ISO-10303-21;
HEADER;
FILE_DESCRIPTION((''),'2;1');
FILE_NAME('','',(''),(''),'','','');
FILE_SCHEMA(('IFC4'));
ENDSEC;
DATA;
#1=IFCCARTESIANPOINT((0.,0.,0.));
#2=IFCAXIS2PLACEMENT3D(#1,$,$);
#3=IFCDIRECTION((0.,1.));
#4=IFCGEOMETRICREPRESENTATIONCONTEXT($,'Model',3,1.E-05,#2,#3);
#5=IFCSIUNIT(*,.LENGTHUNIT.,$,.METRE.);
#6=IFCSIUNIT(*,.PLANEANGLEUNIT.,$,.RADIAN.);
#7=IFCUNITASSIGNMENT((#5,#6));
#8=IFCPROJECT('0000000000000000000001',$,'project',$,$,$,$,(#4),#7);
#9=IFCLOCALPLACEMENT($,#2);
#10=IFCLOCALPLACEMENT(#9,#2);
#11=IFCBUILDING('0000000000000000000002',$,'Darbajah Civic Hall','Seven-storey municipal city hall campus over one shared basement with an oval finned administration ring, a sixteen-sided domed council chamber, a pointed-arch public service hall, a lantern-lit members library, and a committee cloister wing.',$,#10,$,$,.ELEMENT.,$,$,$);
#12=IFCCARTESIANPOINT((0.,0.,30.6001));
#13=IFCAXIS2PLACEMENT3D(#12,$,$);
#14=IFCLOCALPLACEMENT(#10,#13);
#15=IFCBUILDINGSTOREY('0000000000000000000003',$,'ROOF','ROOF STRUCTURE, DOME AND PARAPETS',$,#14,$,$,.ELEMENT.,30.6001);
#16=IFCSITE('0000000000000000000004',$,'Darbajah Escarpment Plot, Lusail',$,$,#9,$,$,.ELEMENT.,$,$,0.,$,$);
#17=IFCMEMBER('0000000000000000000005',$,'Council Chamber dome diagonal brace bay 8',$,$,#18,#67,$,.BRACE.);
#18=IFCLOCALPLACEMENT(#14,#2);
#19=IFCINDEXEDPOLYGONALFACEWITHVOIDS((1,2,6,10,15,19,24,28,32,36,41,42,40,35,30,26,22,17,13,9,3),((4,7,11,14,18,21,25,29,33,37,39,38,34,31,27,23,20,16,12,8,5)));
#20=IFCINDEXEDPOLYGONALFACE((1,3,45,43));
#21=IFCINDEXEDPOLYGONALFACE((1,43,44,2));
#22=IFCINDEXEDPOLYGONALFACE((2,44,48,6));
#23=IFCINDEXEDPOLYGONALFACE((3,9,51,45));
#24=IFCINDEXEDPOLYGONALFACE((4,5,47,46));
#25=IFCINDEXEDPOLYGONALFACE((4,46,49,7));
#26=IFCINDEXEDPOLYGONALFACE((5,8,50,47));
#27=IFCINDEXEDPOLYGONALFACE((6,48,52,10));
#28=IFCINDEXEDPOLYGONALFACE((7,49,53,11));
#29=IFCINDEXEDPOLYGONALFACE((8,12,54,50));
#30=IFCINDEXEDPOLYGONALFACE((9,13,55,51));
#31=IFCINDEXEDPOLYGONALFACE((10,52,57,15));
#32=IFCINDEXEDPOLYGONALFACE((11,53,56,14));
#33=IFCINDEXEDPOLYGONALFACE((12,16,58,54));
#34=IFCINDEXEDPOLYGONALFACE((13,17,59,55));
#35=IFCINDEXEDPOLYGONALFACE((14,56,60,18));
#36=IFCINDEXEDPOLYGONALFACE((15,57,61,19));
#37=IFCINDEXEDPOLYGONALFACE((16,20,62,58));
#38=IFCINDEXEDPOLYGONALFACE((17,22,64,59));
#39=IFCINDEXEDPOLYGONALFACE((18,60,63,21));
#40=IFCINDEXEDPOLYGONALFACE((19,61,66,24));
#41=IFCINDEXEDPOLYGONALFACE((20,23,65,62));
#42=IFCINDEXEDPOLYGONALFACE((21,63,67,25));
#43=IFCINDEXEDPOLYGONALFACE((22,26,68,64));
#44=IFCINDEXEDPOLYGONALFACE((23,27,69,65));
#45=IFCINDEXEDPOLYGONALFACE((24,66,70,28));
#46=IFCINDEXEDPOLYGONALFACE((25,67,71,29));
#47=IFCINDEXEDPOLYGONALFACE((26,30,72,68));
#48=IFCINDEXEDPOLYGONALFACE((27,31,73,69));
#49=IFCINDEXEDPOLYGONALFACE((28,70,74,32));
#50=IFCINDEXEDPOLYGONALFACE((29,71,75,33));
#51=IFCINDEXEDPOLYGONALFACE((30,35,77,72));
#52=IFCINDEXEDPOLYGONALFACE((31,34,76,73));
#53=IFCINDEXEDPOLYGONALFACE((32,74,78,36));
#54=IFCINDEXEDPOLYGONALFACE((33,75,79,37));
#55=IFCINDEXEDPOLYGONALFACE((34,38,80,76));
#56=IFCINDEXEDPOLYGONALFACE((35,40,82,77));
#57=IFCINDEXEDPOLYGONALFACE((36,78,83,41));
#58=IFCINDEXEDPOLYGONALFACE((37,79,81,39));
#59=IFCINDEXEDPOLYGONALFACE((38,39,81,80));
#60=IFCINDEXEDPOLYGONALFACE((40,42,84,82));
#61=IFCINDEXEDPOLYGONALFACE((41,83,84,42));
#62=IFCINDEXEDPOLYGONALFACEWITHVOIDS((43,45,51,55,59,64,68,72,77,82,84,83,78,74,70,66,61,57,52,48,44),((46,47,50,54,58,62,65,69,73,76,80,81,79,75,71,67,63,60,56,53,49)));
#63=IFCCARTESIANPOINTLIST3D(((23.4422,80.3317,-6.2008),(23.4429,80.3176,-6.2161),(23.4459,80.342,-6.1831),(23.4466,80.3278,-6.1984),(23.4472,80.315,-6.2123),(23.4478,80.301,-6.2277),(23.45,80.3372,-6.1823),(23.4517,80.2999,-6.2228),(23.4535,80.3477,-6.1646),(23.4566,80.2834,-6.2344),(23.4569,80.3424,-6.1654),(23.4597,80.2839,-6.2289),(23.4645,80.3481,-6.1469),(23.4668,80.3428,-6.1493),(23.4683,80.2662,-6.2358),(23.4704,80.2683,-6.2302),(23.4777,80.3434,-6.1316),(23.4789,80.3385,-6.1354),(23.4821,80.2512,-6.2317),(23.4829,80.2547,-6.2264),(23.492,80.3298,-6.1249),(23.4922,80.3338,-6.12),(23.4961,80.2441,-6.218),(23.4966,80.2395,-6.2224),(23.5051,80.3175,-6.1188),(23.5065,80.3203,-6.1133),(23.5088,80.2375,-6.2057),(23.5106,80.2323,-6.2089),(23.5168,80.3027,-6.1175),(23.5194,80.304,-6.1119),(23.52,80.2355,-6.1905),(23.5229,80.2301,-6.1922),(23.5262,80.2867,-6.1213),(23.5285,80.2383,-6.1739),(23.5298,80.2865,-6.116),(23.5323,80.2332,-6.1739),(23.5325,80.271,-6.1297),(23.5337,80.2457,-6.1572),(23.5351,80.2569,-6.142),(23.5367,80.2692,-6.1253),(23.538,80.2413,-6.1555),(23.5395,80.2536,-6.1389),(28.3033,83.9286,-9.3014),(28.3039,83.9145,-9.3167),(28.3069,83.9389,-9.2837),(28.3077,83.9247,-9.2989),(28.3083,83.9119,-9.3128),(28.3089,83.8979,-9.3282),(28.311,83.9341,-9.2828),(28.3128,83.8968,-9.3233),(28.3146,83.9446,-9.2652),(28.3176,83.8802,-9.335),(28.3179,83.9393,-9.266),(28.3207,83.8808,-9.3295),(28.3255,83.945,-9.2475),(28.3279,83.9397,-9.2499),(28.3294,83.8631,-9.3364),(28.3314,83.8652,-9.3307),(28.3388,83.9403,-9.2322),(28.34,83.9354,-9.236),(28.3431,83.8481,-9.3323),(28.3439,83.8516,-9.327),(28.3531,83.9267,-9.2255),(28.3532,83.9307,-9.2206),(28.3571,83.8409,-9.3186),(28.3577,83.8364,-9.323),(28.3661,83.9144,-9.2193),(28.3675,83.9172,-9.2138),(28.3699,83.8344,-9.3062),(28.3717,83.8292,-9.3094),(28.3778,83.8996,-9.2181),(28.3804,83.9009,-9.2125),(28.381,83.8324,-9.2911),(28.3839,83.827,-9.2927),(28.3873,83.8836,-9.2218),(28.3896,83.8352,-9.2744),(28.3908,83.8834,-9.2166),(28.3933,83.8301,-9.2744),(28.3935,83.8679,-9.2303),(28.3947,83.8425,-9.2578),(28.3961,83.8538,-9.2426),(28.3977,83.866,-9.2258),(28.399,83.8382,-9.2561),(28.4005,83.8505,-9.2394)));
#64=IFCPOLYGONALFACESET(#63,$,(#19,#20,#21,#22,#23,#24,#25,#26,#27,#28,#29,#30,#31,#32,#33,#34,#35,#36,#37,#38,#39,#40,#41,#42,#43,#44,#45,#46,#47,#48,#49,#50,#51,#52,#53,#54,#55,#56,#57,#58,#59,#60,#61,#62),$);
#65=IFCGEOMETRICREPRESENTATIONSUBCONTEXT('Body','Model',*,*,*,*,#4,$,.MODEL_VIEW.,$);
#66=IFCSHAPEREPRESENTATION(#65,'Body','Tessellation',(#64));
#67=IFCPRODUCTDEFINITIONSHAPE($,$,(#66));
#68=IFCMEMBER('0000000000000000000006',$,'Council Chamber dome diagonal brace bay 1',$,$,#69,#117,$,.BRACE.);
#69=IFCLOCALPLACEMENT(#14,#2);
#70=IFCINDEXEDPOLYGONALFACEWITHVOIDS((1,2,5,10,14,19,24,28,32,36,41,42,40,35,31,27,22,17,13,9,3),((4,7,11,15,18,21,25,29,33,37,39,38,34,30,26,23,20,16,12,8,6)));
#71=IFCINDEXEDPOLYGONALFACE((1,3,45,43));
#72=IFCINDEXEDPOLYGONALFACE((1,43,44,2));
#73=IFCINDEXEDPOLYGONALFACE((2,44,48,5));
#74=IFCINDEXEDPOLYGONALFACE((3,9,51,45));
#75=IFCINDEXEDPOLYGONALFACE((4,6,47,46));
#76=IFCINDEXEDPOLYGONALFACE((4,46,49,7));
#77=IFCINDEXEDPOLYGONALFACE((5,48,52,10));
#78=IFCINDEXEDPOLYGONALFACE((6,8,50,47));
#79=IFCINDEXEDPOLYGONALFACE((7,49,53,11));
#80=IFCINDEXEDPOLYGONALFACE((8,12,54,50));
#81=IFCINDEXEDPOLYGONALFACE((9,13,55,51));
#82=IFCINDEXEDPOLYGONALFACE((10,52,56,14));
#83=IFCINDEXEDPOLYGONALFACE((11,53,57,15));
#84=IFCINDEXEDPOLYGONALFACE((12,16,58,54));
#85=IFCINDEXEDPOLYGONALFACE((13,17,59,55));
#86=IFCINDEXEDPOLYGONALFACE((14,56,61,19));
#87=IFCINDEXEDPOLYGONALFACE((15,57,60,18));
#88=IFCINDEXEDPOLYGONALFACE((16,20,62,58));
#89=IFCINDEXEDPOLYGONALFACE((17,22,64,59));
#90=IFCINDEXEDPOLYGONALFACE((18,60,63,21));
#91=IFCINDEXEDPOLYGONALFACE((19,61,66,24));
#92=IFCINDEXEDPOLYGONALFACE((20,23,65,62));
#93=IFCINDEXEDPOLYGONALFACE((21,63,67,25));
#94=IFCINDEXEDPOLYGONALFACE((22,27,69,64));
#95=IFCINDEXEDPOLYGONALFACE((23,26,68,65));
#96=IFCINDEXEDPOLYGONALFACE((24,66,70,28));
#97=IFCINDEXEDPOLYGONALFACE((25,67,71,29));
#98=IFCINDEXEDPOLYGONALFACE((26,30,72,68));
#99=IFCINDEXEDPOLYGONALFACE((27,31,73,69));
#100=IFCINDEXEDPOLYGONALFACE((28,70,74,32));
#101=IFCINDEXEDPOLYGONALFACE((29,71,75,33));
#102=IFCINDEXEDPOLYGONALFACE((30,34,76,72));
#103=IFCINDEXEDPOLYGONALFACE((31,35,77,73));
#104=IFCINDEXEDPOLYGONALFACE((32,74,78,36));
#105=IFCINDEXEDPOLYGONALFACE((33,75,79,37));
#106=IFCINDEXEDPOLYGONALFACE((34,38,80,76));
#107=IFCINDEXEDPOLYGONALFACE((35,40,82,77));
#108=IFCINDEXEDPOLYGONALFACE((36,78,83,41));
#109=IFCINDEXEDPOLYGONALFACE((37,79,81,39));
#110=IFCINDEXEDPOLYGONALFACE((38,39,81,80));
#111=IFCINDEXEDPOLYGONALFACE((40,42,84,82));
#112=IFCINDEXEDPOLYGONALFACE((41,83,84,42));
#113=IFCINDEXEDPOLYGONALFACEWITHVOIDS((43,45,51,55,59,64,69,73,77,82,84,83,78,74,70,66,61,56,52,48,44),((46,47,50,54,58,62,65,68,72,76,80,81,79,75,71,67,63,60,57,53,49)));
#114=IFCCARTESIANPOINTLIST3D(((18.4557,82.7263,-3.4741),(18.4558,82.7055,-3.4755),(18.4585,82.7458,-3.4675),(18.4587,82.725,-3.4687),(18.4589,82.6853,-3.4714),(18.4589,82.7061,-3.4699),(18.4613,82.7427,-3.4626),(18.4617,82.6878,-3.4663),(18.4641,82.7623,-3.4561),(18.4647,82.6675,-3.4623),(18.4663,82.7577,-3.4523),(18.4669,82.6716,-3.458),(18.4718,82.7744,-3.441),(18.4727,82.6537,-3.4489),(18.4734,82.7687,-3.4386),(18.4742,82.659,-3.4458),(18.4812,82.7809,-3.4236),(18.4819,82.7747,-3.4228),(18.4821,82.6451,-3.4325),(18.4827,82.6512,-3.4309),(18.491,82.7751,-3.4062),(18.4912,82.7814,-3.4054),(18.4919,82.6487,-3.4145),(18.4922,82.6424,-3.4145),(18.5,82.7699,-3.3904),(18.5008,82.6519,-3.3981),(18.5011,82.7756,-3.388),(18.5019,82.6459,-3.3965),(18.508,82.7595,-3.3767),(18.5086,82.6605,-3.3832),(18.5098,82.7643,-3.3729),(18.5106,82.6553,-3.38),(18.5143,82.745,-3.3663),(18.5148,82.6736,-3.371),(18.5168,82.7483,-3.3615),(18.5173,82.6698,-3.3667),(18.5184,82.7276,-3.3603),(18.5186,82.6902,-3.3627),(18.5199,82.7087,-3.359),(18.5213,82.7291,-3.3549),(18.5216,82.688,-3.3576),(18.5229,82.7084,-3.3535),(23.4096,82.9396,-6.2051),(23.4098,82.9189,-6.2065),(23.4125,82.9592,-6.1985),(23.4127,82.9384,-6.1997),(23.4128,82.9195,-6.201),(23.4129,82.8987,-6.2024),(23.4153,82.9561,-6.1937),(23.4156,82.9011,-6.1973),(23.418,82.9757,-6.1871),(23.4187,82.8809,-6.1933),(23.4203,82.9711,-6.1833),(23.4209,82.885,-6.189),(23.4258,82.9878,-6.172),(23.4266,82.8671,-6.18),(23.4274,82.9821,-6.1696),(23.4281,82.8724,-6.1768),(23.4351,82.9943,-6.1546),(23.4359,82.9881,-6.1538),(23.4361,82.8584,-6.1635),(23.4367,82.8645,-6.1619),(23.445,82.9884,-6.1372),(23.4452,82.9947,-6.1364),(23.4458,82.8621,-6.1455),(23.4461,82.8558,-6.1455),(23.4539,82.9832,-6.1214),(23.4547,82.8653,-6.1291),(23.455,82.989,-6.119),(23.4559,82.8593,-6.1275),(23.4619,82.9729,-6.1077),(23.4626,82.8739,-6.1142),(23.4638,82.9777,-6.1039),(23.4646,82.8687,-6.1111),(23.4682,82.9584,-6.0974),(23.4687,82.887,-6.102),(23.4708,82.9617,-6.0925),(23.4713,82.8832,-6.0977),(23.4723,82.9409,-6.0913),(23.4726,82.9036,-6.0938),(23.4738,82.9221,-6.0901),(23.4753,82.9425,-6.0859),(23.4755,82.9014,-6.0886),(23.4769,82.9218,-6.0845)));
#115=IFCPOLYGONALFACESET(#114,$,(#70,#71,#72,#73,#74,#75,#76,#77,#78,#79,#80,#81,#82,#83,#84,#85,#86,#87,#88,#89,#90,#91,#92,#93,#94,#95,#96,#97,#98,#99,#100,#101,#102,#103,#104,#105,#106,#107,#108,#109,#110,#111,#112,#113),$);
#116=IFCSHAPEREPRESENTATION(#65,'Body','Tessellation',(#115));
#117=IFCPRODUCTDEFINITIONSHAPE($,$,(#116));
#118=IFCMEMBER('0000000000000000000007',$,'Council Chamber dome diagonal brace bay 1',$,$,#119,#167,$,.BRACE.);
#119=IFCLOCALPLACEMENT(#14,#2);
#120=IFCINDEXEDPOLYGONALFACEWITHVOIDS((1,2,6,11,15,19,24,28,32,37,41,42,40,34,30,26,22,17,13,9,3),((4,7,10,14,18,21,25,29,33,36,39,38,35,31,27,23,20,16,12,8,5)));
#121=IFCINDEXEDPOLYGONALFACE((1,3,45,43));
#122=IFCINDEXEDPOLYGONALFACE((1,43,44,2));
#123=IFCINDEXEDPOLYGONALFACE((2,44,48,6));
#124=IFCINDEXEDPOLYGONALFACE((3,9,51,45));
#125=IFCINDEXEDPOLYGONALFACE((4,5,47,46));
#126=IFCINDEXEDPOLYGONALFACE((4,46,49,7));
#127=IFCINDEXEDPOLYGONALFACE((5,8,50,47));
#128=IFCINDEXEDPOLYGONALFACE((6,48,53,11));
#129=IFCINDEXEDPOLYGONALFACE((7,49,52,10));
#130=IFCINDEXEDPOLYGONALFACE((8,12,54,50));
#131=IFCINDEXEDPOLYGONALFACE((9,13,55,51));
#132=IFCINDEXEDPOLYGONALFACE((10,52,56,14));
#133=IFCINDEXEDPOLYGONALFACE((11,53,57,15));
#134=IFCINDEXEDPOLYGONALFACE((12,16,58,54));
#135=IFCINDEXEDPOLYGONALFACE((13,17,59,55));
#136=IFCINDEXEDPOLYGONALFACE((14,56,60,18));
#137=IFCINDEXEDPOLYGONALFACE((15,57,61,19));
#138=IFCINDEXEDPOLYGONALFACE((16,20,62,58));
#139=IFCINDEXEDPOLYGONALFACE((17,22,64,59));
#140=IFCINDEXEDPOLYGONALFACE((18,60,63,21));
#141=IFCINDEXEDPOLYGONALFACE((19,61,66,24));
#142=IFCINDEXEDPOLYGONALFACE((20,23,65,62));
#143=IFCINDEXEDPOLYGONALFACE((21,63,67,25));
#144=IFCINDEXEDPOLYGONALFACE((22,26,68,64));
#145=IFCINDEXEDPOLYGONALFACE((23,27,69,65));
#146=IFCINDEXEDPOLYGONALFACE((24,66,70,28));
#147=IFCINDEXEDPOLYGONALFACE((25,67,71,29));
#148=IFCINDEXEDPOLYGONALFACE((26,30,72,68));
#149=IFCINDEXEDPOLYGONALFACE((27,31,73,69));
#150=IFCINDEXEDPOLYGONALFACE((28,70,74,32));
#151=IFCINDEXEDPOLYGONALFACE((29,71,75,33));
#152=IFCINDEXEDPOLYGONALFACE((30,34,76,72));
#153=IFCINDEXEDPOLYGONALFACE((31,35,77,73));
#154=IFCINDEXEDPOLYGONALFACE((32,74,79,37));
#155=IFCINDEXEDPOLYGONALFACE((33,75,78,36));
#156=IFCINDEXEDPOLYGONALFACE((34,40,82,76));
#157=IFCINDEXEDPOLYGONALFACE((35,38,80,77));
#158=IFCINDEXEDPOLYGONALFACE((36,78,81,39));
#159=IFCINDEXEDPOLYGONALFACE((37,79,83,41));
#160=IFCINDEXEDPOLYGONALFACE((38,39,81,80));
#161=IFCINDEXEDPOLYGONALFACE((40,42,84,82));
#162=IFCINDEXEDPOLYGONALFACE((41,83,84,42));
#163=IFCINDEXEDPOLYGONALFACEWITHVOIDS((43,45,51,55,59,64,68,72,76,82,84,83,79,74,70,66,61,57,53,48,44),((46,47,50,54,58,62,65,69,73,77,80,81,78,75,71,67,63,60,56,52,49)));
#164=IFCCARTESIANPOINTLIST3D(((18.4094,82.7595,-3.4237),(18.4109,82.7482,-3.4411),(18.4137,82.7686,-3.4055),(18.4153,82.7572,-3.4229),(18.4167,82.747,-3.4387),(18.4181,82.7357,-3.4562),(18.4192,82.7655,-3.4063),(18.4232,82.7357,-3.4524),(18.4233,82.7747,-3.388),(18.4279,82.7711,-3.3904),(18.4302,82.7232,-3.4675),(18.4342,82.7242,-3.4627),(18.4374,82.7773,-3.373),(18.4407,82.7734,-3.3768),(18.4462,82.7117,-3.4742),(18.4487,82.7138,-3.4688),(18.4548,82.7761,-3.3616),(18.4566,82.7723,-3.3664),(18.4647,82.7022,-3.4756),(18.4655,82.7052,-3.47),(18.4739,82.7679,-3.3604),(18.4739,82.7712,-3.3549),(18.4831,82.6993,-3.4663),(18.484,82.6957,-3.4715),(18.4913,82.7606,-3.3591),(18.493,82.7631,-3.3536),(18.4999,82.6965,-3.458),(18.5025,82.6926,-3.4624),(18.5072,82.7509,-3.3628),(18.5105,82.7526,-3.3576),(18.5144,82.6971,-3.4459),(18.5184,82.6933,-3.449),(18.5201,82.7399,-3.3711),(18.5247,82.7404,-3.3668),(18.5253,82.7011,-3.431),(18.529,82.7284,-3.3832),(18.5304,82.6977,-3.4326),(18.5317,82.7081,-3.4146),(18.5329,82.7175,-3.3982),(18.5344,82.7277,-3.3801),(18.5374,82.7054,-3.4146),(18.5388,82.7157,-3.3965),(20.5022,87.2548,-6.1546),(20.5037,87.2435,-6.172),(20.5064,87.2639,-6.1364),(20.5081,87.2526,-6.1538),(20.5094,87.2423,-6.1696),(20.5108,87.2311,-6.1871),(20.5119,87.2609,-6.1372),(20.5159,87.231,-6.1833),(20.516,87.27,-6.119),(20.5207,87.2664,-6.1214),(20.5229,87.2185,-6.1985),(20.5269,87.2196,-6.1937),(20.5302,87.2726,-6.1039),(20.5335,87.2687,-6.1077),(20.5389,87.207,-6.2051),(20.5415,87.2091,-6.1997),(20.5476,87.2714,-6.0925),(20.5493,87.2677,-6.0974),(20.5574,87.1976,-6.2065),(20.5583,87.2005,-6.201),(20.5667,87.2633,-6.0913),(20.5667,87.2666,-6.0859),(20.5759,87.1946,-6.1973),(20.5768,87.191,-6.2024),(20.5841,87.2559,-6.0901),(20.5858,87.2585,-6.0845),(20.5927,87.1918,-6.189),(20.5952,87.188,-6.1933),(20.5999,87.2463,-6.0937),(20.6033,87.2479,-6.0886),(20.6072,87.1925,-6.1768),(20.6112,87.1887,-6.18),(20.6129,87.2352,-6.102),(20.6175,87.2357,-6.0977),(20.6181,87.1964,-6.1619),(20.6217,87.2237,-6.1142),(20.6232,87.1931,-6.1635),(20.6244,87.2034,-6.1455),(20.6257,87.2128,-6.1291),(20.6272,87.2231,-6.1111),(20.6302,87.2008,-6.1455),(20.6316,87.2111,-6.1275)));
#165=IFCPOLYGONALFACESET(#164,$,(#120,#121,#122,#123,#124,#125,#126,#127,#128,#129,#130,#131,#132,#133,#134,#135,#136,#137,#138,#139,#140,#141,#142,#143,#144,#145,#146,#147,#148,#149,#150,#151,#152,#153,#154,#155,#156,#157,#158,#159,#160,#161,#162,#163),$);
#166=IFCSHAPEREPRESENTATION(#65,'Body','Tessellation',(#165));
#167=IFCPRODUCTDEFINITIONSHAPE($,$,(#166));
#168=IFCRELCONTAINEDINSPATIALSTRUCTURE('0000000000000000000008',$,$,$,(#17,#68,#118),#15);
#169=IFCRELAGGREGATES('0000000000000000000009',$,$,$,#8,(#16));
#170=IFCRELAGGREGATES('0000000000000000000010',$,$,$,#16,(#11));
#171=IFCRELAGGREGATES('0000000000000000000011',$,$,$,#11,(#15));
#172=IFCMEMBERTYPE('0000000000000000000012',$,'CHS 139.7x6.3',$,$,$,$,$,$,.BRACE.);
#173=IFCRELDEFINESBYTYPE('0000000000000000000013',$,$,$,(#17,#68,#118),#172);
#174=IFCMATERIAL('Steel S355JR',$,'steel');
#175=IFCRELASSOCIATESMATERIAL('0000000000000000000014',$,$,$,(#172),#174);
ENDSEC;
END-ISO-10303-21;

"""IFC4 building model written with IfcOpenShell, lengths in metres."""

from ifc_helpers import new_model, si_unit, direction, frame, origin, origin_2d, place, context, subcontext, project, spatial, hollow_circle, extrude, material, material_profile, profile_set, type_object, element, save


model = new_model("IFC4")

# Units and contexts
model_context = context("Model", 3, precision=1e-05, world=origin(), true_north=direction((0.0, 1.0)))
body_context = subcontext(model_context, "Body", "Model", "MODEL_VIEW")
ifc_project = project(units=[si_unit("LENGTHUNIT", "METRE"), si_unit("PLANEANGLEUNIT", "RADIAN")], contexts=[model_context])

# Site, building, storey
site_placement = place(None, origin())
site = spatial("IfcSite", under=ifc_project, at=site_placement, Name="Darbajah Escarpment Plot, Lusail", CompositionType="ELEMENT", RefElevation=0.0)
building_placement = place(site_placement, origin())
building = spatial("IfcBuilding", under=site, at=building_placement, Name="Darbajah Civic Hall", Description="Seven-storey municipal city hall campus over one shared basement with an oval finned administration ring, a sixteen-sided domed council chamber, a pointed-arch public service hall, a lantern-lit members library, and a committee cloister wing.", CompositionType="ELEMENT")
storey_placement = place(building_placement, frame((0.0, 0.0, 30.6001)))
storey = spatial("IfcBuildingStorey", under=building, at=storey_placement, Name="ROOF", Description="ROOF STRUCTURE, DOME AND PARAPETS", CompositionType="ELEMENT", Elevation=30.6001)

# Members
ifc_material = material(Name="Steel S355JR", Category="steel")
ifc_material_profile_1 = material_profile(ifc_material, hollow_circle(Radius=0.0698, WallThickness=0.0063, at=origin_2d()), Name="CHS 139.7x6.3")
ifc_profile_set_1 = profile_set([ifc_material_profile_1], Name="Steel S355JR")
member_type_1 = type_object("IfcMemberType", Name="CHS 139.7x6.3", PredefinedType="BRACE", material=ifc_profile_set_1)
for number, where, z_axis, x_axis, name in (
    (1, (28.3518, 83.8862, -9.2744), (-0.715317, -0.529294, 0.456257), (0.594813, -0.803864, 0.0), "Council Chamber dome diagonal brace bay 8"),
):
    element("IfcMember", number, at=place(storey_placement, frame(where, z_axis=z_axis, x_axis=x_axis)), inside=storey, type_object=member_type_1, Name=name, PredefinedType="BRACE", context=body_context, shape_type="SweptSolid", body=[
        extrude(hollow_circle(Radius=0.0698, WallThickness=0.0063, at=origin_2d()), origin(), (0.0, 0.0, 1.0), 6.7957),
    ])
for number, where, z_axis, x_axis, name in (
    (2, (23.4431, 82.9255, -6.1455), (-0.87512, -0.037694, 0.482435), (0.043033, -0.999074, 0.0), "Council Chamber dome diagonal brace bay 1"),
    (3, (20.5669, 87.2302, -6.1455), (-0.369687, -0.794103, 0.482422), (0.906574, -0.422047, 0.0), "Council Chamber dome diagonal brace bay 1"),
):
    element("IfcMember", number, at=place(storey_placement, frame(where, z_axis=z_axis, x_axis=x_axis)), inside=storey, type_object=member_type_1, Name=name, PredefinedType="BRACE", context=body_context, shape_type="SweptSolid", body=[
        extrude(hollow_circle(Radius=0.0698, WallThickness=0.0063, at=origin_2d()), origin(), (0.0, 0.0, 1.0), 5.6609),
    ])

save(model, "model.ifc")
